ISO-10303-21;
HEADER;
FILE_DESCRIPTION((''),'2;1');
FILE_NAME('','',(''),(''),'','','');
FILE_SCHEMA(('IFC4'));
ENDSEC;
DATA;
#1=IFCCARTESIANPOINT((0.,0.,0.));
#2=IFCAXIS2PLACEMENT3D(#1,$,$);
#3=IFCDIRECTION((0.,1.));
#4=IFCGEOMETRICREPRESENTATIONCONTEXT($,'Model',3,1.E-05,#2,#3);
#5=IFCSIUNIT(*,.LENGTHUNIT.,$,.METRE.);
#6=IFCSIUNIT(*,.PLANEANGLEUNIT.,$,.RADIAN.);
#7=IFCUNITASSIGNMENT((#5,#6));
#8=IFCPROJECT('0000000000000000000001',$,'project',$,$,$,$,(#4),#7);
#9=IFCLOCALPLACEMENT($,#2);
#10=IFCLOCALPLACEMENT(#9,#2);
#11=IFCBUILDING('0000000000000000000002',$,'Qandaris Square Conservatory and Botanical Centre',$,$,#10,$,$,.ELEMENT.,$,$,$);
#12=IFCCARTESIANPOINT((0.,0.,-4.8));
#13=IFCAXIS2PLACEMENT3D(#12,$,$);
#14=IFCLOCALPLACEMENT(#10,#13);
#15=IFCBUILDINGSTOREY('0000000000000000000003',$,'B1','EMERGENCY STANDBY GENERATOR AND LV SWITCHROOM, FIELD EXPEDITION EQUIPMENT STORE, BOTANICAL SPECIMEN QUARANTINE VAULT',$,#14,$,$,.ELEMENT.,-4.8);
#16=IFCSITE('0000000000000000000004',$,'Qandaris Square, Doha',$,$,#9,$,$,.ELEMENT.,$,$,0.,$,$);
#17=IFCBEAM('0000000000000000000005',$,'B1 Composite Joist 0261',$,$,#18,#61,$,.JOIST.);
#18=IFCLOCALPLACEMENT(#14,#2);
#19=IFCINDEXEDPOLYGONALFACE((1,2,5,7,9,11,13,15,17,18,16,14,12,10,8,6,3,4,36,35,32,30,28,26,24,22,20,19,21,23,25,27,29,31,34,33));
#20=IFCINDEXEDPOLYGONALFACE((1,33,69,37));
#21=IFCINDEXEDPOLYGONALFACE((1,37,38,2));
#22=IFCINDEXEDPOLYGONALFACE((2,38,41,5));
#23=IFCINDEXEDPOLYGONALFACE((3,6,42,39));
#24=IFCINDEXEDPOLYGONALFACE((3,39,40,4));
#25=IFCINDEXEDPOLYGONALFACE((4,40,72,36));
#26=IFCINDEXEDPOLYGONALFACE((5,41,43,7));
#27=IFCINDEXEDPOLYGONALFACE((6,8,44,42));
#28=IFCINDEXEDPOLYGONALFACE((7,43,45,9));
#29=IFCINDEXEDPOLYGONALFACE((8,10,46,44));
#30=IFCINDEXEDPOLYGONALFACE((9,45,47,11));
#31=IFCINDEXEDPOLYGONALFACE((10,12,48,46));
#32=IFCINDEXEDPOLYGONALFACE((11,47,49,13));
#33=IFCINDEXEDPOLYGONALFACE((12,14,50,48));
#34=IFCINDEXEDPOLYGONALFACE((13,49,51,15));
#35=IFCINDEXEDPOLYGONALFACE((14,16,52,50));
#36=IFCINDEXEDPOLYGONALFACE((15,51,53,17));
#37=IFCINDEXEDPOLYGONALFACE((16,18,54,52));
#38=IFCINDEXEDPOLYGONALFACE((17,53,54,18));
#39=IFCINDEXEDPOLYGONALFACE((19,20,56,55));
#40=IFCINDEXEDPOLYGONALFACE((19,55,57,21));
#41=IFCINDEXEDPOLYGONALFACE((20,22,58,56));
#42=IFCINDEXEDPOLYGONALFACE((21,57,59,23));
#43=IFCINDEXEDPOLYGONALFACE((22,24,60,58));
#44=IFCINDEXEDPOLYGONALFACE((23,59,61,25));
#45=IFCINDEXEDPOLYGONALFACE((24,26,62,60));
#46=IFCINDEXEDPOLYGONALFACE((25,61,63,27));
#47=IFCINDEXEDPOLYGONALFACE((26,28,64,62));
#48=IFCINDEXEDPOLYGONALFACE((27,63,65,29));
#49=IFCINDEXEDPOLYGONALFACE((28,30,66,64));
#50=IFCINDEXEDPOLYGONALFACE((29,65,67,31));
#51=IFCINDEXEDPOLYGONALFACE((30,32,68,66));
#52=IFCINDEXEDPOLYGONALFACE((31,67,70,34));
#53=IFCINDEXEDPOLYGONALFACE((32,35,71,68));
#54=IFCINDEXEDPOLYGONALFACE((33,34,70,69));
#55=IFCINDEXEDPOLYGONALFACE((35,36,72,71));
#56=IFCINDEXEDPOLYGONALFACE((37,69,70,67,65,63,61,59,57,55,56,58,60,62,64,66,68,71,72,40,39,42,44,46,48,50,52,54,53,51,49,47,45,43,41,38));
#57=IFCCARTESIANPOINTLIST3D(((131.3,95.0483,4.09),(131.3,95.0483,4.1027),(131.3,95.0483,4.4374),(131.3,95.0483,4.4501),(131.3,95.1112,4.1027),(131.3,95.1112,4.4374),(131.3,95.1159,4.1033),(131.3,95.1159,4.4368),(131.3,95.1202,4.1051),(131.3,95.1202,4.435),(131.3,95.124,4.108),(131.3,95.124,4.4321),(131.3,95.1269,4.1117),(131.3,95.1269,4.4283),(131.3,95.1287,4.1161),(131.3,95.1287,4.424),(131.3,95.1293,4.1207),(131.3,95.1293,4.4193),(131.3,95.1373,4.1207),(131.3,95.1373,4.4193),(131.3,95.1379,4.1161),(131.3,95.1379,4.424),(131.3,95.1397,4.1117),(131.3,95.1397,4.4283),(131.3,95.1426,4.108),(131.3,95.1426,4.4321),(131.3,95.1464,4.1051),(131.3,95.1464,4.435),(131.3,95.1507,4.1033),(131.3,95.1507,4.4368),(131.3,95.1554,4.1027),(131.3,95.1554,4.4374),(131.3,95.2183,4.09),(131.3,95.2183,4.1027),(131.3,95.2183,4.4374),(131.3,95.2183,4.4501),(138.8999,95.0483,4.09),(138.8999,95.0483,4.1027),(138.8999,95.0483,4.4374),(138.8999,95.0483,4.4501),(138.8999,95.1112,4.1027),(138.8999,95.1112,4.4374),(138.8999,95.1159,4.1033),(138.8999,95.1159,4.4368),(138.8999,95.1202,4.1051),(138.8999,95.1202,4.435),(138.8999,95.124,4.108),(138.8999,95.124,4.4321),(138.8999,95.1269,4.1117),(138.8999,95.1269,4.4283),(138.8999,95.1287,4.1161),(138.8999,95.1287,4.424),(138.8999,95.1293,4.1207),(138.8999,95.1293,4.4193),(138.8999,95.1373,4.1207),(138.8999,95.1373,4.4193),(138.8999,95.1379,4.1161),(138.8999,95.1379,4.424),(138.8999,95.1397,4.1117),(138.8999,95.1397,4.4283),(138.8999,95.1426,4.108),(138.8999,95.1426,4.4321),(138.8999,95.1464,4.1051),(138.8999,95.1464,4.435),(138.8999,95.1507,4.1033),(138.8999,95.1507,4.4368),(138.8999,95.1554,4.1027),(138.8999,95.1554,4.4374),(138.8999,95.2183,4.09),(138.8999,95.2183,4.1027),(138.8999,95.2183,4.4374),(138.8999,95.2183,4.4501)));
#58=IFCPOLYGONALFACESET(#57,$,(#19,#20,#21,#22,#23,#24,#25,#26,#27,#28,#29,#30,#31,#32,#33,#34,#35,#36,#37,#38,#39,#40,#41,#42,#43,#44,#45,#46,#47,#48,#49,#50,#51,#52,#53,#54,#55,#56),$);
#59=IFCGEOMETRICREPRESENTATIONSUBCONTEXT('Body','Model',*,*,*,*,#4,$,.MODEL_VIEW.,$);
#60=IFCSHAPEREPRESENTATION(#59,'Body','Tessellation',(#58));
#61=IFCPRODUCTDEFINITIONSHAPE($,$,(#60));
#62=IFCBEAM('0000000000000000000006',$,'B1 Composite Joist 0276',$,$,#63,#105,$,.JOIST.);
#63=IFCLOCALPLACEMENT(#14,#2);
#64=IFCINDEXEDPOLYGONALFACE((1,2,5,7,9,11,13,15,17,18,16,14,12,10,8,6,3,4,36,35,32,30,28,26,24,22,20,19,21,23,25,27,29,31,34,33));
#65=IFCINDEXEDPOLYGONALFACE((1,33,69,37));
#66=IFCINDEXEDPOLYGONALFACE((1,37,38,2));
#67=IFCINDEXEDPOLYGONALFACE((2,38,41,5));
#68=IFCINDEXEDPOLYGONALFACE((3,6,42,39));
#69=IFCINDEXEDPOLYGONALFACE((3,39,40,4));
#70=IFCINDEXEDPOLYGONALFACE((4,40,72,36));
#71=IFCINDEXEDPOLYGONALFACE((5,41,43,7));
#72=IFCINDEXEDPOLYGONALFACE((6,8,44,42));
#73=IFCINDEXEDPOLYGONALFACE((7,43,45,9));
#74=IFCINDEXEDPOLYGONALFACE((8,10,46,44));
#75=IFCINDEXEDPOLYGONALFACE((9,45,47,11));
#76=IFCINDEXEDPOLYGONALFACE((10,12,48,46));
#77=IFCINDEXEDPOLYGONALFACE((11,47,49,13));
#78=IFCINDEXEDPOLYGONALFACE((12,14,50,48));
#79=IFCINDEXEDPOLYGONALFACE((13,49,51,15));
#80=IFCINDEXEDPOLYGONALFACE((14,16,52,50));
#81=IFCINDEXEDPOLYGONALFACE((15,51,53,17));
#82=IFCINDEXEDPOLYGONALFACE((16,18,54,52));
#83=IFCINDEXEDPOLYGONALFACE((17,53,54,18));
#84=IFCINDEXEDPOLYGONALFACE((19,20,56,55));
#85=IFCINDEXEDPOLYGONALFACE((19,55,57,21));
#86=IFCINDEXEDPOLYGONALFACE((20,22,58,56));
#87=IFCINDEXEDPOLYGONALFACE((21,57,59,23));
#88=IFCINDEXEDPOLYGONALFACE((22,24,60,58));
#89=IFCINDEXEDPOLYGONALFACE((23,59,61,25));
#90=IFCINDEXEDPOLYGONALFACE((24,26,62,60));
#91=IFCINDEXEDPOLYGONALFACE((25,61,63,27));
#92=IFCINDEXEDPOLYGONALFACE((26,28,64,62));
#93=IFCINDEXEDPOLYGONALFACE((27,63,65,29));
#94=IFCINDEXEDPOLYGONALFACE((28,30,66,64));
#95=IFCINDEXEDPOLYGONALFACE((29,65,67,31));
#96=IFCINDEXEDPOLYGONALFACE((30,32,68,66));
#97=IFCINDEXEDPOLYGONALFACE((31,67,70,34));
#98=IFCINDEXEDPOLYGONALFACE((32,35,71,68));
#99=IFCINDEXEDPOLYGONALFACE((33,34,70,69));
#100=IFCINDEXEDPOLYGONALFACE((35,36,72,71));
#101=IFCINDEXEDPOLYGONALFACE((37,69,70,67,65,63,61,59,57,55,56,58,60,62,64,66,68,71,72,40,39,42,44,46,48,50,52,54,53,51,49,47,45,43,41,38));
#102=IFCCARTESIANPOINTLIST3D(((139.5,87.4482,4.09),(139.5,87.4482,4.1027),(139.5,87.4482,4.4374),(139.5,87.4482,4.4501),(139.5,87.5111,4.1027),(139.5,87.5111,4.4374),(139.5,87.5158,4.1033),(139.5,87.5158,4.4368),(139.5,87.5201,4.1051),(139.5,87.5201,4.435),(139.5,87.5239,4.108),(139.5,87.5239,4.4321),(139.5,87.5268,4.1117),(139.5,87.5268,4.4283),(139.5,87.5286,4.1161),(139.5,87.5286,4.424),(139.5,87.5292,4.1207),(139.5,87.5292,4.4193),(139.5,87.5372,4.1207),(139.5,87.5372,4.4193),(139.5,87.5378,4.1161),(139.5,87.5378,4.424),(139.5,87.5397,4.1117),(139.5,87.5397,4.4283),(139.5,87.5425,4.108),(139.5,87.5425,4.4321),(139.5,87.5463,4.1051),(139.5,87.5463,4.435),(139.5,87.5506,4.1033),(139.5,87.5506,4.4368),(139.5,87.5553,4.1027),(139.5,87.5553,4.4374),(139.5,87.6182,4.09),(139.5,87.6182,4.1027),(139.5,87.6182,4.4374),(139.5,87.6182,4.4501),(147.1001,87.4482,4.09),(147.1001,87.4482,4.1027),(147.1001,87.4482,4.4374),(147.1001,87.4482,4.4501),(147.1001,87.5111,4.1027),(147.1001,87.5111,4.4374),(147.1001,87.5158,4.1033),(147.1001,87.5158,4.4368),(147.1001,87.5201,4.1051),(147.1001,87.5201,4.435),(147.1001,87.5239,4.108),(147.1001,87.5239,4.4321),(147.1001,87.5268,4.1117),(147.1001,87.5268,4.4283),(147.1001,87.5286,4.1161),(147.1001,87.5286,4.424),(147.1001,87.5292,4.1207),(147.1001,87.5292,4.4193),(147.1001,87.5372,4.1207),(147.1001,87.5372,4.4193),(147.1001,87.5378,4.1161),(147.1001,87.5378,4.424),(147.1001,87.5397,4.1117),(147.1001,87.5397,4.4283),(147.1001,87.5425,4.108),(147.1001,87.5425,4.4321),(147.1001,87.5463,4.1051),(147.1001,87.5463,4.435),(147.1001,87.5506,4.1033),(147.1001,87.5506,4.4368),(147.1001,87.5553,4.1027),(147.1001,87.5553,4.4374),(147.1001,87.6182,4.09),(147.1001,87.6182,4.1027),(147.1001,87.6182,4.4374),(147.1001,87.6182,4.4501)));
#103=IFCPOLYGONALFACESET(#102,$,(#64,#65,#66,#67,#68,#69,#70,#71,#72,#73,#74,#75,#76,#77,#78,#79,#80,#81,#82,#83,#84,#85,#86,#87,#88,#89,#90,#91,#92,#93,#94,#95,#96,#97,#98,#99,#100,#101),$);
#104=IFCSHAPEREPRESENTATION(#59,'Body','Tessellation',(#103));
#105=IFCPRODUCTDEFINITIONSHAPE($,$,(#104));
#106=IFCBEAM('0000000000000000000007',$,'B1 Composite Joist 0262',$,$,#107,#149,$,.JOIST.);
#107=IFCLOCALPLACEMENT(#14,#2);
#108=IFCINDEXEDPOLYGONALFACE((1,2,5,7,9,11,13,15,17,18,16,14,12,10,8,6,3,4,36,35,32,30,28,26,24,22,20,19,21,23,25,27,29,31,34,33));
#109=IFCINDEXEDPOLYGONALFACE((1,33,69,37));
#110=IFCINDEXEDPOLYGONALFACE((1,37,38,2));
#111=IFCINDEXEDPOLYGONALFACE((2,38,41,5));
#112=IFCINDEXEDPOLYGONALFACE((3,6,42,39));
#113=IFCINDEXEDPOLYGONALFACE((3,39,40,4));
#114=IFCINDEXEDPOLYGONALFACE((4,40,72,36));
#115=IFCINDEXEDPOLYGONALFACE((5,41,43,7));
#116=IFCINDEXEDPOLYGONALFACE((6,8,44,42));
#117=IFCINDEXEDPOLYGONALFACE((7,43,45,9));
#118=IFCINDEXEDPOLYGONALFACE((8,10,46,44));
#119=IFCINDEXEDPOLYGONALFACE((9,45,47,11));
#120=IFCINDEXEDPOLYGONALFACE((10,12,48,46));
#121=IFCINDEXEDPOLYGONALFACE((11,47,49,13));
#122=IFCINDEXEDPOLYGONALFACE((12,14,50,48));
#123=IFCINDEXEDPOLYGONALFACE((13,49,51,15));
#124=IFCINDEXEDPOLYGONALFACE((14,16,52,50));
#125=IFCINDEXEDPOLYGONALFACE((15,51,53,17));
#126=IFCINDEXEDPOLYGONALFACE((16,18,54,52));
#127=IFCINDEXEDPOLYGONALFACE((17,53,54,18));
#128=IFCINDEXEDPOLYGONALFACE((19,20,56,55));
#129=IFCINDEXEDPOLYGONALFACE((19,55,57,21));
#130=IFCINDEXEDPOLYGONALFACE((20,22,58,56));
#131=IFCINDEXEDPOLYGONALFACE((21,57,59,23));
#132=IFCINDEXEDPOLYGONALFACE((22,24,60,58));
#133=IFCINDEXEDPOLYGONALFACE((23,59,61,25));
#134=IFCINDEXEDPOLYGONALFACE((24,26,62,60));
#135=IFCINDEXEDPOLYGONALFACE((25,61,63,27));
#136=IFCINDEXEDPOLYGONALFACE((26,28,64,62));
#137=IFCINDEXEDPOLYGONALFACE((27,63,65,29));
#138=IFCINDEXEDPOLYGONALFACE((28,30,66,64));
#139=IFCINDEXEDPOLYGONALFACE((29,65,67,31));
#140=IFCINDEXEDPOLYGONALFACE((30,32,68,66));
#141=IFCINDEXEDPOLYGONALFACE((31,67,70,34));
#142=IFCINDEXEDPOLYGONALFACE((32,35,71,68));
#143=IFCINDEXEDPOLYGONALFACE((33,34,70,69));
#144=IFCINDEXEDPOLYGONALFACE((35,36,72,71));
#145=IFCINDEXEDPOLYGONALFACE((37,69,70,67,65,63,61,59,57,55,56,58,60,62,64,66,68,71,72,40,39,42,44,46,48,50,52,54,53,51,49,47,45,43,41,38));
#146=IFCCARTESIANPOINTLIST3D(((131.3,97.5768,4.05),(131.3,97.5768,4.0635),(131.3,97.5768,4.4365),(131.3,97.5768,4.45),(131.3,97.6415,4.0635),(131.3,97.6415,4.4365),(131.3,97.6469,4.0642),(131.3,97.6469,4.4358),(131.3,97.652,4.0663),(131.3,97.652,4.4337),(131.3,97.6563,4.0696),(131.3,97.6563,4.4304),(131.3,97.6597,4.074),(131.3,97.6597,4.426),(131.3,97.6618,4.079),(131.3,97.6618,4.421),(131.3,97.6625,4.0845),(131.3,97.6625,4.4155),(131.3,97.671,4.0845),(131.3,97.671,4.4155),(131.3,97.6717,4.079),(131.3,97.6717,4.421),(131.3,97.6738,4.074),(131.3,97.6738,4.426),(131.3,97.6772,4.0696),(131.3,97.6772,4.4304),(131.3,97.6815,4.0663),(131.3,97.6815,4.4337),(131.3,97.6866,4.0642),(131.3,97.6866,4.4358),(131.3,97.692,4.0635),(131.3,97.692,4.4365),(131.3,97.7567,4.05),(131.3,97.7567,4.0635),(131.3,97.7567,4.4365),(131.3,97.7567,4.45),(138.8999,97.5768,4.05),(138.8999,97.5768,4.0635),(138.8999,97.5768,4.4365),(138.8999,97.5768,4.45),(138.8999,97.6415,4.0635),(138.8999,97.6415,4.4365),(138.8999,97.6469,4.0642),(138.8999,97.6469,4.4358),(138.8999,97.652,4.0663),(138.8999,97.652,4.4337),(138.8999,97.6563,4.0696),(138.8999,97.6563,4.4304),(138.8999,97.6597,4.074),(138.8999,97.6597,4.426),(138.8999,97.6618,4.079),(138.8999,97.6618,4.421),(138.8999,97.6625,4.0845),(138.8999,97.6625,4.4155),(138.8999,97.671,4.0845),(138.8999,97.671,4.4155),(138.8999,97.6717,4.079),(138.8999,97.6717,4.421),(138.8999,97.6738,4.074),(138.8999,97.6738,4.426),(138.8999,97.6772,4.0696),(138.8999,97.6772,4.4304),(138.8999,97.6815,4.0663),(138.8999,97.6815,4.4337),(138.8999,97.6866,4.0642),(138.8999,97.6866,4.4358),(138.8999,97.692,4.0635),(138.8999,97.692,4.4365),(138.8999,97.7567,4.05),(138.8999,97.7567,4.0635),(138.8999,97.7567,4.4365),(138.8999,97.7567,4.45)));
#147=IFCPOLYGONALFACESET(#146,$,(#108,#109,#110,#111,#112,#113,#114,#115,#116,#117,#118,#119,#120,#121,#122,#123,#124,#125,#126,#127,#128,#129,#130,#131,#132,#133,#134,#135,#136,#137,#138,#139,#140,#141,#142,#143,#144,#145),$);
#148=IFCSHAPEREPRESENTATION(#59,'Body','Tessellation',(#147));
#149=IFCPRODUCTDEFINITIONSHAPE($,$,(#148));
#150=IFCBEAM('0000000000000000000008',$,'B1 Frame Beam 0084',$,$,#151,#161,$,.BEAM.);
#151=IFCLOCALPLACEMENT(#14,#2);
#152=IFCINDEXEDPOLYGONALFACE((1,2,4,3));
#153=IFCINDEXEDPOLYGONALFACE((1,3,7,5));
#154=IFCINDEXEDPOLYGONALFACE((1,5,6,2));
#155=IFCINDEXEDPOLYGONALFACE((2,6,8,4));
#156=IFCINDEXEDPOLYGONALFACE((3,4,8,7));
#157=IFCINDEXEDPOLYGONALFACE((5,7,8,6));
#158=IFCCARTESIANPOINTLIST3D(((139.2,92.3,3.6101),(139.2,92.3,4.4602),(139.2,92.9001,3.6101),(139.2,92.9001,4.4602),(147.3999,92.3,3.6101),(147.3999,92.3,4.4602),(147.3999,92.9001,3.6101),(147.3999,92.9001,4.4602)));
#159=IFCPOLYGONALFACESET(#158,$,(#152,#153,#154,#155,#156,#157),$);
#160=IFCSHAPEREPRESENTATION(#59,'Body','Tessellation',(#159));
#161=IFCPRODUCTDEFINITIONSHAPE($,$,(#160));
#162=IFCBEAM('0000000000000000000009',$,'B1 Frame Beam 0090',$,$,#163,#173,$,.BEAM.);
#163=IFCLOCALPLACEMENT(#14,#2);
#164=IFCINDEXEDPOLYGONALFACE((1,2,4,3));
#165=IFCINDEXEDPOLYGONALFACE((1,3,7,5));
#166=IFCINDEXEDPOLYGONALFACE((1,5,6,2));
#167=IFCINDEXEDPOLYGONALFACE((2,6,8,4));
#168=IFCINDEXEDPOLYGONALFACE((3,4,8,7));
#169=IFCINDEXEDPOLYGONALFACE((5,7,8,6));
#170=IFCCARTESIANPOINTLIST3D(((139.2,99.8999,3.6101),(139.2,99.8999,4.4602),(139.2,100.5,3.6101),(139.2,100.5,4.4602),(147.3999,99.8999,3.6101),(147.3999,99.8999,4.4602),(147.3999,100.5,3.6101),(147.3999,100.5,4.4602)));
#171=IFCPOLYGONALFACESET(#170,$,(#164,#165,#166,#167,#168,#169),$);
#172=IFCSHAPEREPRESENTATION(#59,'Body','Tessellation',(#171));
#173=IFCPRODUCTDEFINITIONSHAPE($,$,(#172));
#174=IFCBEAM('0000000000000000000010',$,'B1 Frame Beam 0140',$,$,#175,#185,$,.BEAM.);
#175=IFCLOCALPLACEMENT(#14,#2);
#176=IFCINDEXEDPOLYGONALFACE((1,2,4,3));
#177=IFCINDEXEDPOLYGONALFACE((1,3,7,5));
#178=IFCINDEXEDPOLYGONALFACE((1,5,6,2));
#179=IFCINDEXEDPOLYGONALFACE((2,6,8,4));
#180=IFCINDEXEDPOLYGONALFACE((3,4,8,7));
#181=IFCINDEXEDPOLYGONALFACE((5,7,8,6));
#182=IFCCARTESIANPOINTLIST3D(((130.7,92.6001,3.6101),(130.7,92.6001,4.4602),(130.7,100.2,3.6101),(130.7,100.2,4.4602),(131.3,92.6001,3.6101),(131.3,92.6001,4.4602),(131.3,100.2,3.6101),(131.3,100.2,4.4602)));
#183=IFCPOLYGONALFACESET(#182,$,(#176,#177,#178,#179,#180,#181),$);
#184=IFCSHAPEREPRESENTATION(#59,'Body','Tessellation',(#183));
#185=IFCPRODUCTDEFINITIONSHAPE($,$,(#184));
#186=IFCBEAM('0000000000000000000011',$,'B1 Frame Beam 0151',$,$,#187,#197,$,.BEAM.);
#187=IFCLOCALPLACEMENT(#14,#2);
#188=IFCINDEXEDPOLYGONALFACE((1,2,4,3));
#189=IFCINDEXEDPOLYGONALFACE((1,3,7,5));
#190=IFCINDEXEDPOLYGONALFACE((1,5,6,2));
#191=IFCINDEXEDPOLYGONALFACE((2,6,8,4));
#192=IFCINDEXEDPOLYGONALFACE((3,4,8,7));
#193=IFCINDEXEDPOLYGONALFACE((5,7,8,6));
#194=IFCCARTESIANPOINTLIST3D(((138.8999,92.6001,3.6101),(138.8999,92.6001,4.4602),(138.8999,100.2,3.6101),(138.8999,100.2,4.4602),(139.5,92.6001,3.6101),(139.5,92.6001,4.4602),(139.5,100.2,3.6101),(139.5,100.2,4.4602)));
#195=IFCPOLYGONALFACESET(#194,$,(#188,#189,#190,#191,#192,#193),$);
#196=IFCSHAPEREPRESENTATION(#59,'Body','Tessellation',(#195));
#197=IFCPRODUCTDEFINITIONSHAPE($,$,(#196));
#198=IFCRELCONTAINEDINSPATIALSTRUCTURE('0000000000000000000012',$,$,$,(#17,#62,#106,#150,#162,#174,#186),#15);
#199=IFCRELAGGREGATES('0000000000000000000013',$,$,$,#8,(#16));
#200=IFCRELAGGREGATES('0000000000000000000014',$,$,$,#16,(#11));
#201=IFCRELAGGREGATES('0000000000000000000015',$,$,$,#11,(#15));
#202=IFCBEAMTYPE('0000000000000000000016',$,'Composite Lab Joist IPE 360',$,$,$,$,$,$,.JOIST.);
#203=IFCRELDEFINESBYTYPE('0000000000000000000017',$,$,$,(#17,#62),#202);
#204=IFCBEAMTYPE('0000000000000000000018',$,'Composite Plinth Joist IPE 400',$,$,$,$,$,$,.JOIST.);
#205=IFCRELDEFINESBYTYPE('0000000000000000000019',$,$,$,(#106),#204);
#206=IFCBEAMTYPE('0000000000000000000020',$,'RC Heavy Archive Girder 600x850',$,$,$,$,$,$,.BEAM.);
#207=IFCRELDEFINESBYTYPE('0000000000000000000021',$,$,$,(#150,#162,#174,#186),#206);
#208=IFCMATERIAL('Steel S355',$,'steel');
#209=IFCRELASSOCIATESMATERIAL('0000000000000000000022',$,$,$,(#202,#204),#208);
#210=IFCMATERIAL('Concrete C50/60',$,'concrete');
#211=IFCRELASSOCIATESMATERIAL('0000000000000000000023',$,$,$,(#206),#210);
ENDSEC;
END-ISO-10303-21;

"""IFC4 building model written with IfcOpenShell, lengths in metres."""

from ifc_helpers import new_model, si_unit, direction, frame, origin, origin_2d, place, context, subcontext, project, spatial, rectangle, i_section, extrude, material, material_profile, profile_set, type_object, element, save


model = new_model("IFC4")

# Units and contexts
model_context = context("Model", 3, precision=1e-05, world=origin(), true_north=direction((0.0, 1.0)))
body_context = subcontext(model_context, "Body", "Model", "MODEL_VIEW")
ifc_project = project(units=[si_unit("LENGTHUNIT", "METRE"), si_unit("PLANEANGLEUNIT", "RADIAN")], contexts=[model_context])

# Site, building, storey
site_placement = place(None, origin())
site = spatial("IfcSite", under=ifc_project, at=site_placement, Name="Qandaris Square, Doha", CompositionType="ELEMENT", RefElevation=0.0)
building_placement = place(site_placement, origin())
building = spatial("IfcBuilding", under=site, at=building_placement, Name="Qandaris Square Conservatory and Botanical Centre", CompositionType="ELEMENT")
storey_placement = place(building_placement, frame((0.0, 0.0, -4.8)))
storey = spatial("IfcBuildingStorey", under=building, at=storey_placement, Name="B1", Description="EMERGENCY STANDBY GENERATOR AND LV SWITCHROOM, FIELD EXPEDITION EQUIPMENT STORE, BOTANICAL SPECIMEN QUARANTINE VAULT", CompositionType="ELEMENT", Elevation=-4.8)

# Shared definitions
ifc_material_1 = material(Name="Concrete C50/60", Category="concrete")

# Beams
ifc_material_2 = material(Name="Steel S355", Category="steel")
ifc_material_profile_1 = material_profile(ifc_material_2, i_section(OverallWidth=0.1699, OverallDepth=0.3601, WebThickness=0.0081, FlangeThickness=0.0127, FilletRadius=0.0181, at=origin_2d()), Name="IPE 360")
ifc_profile_set_1 = profile_set([ifc_material_profile_1], Name="Steel S355")
beam_type_1 = type_object("IfcBeamType", Name="Composite Lab Joist IPE 360", PredefinedType="JOIST", material=ifc_profile_set_1)
for number, where, z_axis, x_axis, name in (
    (1, (131.3, 95.1333, 4.27), (1.0, 0.0, 0.0), (0.0, 1.0, 0.0), "B1 Composite Joist 0261"),
):
    element("IfcBeam", number, at=place(storey_placement, frame(where, z_axis=z_axis, x_axis=x_axis)), inside=storey, type_object=beam_type_1, Name=name, PredefinedType="JOIST", context=body_context, shape_type="SweptSolid", body=[
        extrude(i_section(OverallWidth=0.1699, OverallDepth=0.3601, WebThickness=0.0081, FlangeThickness=0.0127, FilletRadius=0.0181, at=origin_2d()), origin(), (0.0, 0.0, 1.0), 7.5999),
    ])
beam_1_placement = place(storey_placement, frame((139.5, 87.5332, 4.27), z_axis=(1.0, 0.0, 0.0), x_axis=(0.0, 1.0, 0.0)))
element("IfcBeam", 2, at=beam_1_placement, inside=storey, type_object=beam_type_1, Name="B1 Composite Joist 0276", PredefinedType="JOIST", context=body_context, shape_type="SweptSolid", body=[
    extrude(i_section(OverallWidth=0.1699, OverallDepth=0.3601, WebThickness=0.0081, FlangeThickness=0.0127, FilletRadius=0.0181, at=origin_2d()), origin(), (0.0, 0.0, 1.0), 7.6001),
])
ifc_material_profile_2 = material_profile(ifc_material_2, i_section(OverallWidth=0.1799, OverallDepth=0.3999, WebThickness=0.0085, FlangeThickness=0.0134, FilletRadius=0.021, at=origin_2d()), Name="IPE 400")
ifc_profile_set_2 = profile_set([ifc_material_profile_2], Name="Steel S355")
beam_type_2 = type_object("IfcBeamType", Name="Composite Plinth Joist IPE 400", PredefinedType="JOIST", material=ifc_profile_set_2)
beam_2_placement = place(storey_placement, frame((131.3, 97.6667, 4.25), z_axis=(1.0, 0.0, 0.0), x_axis=(0.0, 1.0, 0.0)))
element("IfcBeam", 3, at=beam_2_placement, inside=storey, type_object=beam_type_2, Name="B1 Composite Joist 0262", PredefinedType="JOIST", context=body_context, shape_type="SweptSolid", body=[
    extrude(i_section(OverallWidth=0.1799, OverallDepth=0.3999, WebThickness=0.0085, FlangeThickness=0.0134, FilletRadius=0.021, at=origin_2d()), origin(), (0.0, 0.0, 1.0), 7.5999),
])
ifc_material_profile_3 = material_profile(ifc_material_1, rectangle(XDim=0.6001, YDim=0.8501, at=origin_2d()), Name="RC-BM 600x850")
ifc_profile_set_3 = profile_set([ifc_material_profile_3], Name="Concrete C50/60")
beam_type_3 = type_object("IfcBeamType", Name="RC Heavy Archive Girder 600x850", PredefinedType="BEAM", material=ifc_profile_set_3)
for number, where, z_axis, x_axis, name in (
    (4, (139.2, 92.6001, 4.0352), (1.0, 0.0, 0.0), (0.0, 1.0, 0.0), "B1 Frame Beam 0084"),
    (5, (139.2, 100.2, 4.0352), (1.0, 0.0, 0.0), (0.0, 1.0, 0.0), "B1 Frame Beam 0090"),
):
    element("IfcBeam", number, at=place(storey_placement, frame(where, z_axis=z_axis, x_axis=x_axis)), inside=storey, type_object=beam_type_3, Name=name, PredefinedType="BEAM", context=body_context, shape_type="SweptSolid", body=[
        extrude(rectangle(XDim=0.6001, YDim=0.8501, at=origin_2d()), origin(), (0.0, 0.0, 1.0), 8.2),
    ])
for number, where, z_axis, x_axis, name in (
    (6, (131.0, 92.6001, 4.0352), (0.0, 1.0, 0.0), (-1.0, 0.0, 0.0), "B1 Frame Beam 0140"),
    (7, (139.2, 92.6001, 4.0352), (0.0, 1.0, 0.0), (-1.0, 0.0, 0.0), "B1 Frame Beam 0151"),
):
    element("IfcBeam", number, at=place(storey_placement, frame(where, z_axis=z_axis, x_axis=x_axis)), inside=storey, type_object=beam_type_3, Name=name, PredefinedType="BEAM", context=body_context, shape_type="SweptSolid", body=[
        extrude(rectangle(XDim=0.6001, YDim=0.8501, at=origin_2d()), origin(), (0.0, 0.0, 1.0), 7.5999),
    ])

save(model, "model.ifc")
